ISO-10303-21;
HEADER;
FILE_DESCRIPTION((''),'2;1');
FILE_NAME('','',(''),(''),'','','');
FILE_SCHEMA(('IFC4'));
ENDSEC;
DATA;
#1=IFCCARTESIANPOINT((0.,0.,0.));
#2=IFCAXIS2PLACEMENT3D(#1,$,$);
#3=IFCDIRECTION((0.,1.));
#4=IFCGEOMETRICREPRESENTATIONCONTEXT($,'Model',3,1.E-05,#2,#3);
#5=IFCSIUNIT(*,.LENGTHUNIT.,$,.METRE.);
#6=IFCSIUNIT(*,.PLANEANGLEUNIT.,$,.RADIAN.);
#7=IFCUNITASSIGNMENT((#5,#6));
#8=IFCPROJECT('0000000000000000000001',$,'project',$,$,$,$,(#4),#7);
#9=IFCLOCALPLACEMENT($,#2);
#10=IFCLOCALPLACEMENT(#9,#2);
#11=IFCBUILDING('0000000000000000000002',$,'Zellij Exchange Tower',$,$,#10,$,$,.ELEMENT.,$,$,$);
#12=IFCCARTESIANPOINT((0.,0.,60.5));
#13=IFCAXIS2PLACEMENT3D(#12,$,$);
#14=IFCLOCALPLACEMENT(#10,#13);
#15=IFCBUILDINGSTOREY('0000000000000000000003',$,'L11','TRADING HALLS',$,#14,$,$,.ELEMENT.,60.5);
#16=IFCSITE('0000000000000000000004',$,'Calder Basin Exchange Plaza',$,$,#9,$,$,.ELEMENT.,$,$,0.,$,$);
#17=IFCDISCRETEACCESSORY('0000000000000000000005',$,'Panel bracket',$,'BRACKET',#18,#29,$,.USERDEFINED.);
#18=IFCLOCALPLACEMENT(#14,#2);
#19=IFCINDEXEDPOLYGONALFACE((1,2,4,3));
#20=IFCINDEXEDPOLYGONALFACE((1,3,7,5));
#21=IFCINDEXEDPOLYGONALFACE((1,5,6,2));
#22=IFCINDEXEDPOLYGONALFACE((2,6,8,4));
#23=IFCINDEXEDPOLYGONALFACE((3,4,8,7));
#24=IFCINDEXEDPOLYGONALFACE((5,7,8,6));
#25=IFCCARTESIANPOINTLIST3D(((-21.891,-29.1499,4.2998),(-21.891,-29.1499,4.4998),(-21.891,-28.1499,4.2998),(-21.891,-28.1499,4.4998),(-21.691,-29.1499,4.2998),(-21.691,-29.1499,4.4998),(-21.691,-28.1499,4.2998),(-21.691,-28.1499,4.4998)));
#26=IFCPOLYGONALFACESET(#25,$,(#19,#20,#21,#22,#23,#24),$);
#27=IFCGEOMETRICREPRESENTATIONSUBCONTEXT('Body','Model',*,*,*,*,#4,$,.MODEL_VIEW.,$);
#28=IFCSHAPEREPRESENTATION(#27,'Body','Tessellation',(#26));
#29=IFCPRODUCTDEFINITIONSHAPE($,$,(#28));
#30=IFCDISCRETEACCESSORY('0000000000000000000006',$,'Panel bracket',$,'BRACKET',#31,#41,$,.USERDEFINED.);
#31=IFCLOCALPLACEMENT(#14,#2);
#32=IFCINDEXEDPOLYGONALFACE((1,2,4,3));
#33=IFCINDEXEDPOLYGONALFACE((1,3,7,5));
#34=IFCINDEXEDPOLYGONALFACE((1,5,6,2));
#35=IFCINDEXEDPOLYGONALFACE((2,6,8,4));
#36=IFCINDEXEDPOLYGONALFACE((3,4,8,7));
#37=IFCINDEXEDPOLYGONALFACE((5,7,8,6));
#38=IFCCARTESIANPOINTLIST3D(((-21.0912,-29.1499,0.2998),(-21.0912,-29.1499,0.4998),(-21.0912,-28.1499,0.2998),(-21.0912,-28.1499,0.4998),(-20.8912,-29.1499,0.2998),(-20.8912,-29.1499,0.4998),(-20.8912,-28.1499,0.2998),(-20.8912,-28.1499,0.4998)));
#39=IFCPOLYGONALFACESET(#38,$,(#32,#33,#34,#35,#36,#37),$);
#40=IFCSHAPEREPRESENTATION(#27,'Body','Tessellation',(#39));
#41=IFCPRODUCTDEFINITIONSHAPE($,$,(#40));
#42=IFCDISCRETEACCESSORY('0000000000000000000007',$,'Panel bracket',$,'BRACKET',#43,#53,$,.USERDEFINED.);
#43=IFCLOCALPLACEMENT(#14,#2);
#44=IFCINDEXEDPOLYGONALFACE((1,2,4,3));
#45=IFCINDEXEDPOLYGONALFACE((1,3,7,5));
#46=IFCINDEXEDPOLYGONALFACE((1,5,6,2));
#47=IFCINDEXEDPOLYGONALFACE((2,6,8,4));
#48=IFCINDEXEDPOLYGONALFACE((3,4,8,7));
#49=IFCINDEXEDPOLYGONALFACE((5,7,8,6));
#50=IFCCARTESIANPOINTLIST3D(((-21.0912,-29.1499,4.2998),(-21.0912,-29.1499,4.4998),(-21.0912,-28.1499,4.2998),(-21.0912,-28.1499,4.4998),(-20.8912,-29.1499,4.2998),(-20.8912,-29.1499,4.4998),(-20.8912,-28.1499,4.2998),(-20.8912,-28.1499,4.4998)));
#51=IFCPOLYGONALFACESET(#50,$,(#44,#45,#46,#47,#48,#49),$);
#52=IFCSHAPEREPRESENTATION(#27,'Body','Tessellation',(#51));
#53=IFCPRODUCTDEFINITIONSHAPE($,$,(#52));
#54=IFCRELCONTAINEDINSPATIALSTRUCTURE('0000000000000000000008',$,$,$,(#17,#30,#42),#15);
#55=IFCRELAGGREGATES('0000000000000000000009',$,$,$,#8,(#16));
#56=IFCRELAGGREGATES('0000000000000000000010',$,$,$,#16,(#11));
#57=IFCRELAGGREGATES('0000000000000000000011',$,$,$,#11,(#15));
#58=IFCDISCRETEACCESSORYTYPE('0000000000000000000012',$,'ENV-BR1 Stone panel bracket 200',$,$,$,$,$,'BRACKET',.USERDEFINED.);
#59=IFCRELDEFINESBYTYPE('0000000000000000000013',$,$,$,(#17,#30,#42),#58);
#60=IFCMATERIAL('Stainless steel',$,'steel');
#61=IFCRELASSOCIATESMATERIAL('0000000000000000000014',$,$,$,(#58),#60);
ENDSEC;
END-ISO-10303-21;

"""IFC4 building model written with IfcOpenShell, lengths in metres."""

from ifc_helpers import new_model, si_unit, direction, frame, origin, origin_2d, place, context, subcontext, project, spatial, rectangle, extrude, material, type_object, element, save


model = new_model("IFC4")

# Units and contexts
model_context = context("Model", 3, precision=1e-05, world=origin(), true_north=direction((0.0, 1.0)))
body_context = subcontext(model_context, "Body", "Model", "MODEL_VIEW")
ifc_project = project(units=[si_unit("LENGTHUNIT", "METRE"), si_unit("PLANEANGLEUNIT", "RADIAN")], contexts=[model_context])

# Site, building, storey
site_placement = place(None, origin())
site = spatial("IfcSite", under=ifc_project, at=site_placement, Name="Calder Basin Exchange Plaza", CompositionType="ELEMENT", RefElevation=0.0)
building_placement = place(site_placement, origin())
building = spatial("IfcBuilding", under=site, at=building_placement, Name="Zellij Exchange Tower", CompositionType="ELEMENT")
storey_placement = place(building_placement, frame((0.0, 0.0, 60.5)))
storey = spatial("IfcBuildingStorey", under=building, at=storey_placement, Name="L11", Description="TRADING HALLS", CompositionType="ELEMENT", Elevation=60.5)

# Discrete accessories
ifc_material_1 = material(Name="Stainless steel", Category="steel")
discrete_accessory_type = type_object("IfcDiscreteAccessoryType", Name="ENV-BR1 Stone panel bracket 200", ElementType="BRACKET", PredefinedType="USERDEFINED", material=ifc_material_1)
for number, where, z_axis, x_axis, name in (
    (1, (-21.791, -28.6499, 4.2998), (0.0, 0.0, 1.0), (1.0, 0.0, 0.0), "Panel bracket"),
    (2, (-20.9912, -28.6499, 0.2998), (0.0, 0.0, 1.0), (1.0, 0.0, 0.0), "Panel bracket"),
    (3, (-20.9912, -28.6499, 4.2998), (0.0, 0.0, 1.0), (1.0, 0.0, 0.0), "Panel bracket"),
):
    element("IfcDiscreteAccessory", number, at=place(storey_placement, frame(where, z_axis=z_axis, x_axis=x_axis)), inside=storey, type_object=discrete_accessory_type, Name=name, ObjectType="BRACKET", PredefinedType="USERDEFINED", context=body_context, shape_type="SweptSolid", body=[
        extrude(rectangle(XDim=0.2, YDim=1.0, at=origin_2d()), origin(), (0.0, 0.0, 1.0), 0.2),
    ])

save(model, "model.ifc")
